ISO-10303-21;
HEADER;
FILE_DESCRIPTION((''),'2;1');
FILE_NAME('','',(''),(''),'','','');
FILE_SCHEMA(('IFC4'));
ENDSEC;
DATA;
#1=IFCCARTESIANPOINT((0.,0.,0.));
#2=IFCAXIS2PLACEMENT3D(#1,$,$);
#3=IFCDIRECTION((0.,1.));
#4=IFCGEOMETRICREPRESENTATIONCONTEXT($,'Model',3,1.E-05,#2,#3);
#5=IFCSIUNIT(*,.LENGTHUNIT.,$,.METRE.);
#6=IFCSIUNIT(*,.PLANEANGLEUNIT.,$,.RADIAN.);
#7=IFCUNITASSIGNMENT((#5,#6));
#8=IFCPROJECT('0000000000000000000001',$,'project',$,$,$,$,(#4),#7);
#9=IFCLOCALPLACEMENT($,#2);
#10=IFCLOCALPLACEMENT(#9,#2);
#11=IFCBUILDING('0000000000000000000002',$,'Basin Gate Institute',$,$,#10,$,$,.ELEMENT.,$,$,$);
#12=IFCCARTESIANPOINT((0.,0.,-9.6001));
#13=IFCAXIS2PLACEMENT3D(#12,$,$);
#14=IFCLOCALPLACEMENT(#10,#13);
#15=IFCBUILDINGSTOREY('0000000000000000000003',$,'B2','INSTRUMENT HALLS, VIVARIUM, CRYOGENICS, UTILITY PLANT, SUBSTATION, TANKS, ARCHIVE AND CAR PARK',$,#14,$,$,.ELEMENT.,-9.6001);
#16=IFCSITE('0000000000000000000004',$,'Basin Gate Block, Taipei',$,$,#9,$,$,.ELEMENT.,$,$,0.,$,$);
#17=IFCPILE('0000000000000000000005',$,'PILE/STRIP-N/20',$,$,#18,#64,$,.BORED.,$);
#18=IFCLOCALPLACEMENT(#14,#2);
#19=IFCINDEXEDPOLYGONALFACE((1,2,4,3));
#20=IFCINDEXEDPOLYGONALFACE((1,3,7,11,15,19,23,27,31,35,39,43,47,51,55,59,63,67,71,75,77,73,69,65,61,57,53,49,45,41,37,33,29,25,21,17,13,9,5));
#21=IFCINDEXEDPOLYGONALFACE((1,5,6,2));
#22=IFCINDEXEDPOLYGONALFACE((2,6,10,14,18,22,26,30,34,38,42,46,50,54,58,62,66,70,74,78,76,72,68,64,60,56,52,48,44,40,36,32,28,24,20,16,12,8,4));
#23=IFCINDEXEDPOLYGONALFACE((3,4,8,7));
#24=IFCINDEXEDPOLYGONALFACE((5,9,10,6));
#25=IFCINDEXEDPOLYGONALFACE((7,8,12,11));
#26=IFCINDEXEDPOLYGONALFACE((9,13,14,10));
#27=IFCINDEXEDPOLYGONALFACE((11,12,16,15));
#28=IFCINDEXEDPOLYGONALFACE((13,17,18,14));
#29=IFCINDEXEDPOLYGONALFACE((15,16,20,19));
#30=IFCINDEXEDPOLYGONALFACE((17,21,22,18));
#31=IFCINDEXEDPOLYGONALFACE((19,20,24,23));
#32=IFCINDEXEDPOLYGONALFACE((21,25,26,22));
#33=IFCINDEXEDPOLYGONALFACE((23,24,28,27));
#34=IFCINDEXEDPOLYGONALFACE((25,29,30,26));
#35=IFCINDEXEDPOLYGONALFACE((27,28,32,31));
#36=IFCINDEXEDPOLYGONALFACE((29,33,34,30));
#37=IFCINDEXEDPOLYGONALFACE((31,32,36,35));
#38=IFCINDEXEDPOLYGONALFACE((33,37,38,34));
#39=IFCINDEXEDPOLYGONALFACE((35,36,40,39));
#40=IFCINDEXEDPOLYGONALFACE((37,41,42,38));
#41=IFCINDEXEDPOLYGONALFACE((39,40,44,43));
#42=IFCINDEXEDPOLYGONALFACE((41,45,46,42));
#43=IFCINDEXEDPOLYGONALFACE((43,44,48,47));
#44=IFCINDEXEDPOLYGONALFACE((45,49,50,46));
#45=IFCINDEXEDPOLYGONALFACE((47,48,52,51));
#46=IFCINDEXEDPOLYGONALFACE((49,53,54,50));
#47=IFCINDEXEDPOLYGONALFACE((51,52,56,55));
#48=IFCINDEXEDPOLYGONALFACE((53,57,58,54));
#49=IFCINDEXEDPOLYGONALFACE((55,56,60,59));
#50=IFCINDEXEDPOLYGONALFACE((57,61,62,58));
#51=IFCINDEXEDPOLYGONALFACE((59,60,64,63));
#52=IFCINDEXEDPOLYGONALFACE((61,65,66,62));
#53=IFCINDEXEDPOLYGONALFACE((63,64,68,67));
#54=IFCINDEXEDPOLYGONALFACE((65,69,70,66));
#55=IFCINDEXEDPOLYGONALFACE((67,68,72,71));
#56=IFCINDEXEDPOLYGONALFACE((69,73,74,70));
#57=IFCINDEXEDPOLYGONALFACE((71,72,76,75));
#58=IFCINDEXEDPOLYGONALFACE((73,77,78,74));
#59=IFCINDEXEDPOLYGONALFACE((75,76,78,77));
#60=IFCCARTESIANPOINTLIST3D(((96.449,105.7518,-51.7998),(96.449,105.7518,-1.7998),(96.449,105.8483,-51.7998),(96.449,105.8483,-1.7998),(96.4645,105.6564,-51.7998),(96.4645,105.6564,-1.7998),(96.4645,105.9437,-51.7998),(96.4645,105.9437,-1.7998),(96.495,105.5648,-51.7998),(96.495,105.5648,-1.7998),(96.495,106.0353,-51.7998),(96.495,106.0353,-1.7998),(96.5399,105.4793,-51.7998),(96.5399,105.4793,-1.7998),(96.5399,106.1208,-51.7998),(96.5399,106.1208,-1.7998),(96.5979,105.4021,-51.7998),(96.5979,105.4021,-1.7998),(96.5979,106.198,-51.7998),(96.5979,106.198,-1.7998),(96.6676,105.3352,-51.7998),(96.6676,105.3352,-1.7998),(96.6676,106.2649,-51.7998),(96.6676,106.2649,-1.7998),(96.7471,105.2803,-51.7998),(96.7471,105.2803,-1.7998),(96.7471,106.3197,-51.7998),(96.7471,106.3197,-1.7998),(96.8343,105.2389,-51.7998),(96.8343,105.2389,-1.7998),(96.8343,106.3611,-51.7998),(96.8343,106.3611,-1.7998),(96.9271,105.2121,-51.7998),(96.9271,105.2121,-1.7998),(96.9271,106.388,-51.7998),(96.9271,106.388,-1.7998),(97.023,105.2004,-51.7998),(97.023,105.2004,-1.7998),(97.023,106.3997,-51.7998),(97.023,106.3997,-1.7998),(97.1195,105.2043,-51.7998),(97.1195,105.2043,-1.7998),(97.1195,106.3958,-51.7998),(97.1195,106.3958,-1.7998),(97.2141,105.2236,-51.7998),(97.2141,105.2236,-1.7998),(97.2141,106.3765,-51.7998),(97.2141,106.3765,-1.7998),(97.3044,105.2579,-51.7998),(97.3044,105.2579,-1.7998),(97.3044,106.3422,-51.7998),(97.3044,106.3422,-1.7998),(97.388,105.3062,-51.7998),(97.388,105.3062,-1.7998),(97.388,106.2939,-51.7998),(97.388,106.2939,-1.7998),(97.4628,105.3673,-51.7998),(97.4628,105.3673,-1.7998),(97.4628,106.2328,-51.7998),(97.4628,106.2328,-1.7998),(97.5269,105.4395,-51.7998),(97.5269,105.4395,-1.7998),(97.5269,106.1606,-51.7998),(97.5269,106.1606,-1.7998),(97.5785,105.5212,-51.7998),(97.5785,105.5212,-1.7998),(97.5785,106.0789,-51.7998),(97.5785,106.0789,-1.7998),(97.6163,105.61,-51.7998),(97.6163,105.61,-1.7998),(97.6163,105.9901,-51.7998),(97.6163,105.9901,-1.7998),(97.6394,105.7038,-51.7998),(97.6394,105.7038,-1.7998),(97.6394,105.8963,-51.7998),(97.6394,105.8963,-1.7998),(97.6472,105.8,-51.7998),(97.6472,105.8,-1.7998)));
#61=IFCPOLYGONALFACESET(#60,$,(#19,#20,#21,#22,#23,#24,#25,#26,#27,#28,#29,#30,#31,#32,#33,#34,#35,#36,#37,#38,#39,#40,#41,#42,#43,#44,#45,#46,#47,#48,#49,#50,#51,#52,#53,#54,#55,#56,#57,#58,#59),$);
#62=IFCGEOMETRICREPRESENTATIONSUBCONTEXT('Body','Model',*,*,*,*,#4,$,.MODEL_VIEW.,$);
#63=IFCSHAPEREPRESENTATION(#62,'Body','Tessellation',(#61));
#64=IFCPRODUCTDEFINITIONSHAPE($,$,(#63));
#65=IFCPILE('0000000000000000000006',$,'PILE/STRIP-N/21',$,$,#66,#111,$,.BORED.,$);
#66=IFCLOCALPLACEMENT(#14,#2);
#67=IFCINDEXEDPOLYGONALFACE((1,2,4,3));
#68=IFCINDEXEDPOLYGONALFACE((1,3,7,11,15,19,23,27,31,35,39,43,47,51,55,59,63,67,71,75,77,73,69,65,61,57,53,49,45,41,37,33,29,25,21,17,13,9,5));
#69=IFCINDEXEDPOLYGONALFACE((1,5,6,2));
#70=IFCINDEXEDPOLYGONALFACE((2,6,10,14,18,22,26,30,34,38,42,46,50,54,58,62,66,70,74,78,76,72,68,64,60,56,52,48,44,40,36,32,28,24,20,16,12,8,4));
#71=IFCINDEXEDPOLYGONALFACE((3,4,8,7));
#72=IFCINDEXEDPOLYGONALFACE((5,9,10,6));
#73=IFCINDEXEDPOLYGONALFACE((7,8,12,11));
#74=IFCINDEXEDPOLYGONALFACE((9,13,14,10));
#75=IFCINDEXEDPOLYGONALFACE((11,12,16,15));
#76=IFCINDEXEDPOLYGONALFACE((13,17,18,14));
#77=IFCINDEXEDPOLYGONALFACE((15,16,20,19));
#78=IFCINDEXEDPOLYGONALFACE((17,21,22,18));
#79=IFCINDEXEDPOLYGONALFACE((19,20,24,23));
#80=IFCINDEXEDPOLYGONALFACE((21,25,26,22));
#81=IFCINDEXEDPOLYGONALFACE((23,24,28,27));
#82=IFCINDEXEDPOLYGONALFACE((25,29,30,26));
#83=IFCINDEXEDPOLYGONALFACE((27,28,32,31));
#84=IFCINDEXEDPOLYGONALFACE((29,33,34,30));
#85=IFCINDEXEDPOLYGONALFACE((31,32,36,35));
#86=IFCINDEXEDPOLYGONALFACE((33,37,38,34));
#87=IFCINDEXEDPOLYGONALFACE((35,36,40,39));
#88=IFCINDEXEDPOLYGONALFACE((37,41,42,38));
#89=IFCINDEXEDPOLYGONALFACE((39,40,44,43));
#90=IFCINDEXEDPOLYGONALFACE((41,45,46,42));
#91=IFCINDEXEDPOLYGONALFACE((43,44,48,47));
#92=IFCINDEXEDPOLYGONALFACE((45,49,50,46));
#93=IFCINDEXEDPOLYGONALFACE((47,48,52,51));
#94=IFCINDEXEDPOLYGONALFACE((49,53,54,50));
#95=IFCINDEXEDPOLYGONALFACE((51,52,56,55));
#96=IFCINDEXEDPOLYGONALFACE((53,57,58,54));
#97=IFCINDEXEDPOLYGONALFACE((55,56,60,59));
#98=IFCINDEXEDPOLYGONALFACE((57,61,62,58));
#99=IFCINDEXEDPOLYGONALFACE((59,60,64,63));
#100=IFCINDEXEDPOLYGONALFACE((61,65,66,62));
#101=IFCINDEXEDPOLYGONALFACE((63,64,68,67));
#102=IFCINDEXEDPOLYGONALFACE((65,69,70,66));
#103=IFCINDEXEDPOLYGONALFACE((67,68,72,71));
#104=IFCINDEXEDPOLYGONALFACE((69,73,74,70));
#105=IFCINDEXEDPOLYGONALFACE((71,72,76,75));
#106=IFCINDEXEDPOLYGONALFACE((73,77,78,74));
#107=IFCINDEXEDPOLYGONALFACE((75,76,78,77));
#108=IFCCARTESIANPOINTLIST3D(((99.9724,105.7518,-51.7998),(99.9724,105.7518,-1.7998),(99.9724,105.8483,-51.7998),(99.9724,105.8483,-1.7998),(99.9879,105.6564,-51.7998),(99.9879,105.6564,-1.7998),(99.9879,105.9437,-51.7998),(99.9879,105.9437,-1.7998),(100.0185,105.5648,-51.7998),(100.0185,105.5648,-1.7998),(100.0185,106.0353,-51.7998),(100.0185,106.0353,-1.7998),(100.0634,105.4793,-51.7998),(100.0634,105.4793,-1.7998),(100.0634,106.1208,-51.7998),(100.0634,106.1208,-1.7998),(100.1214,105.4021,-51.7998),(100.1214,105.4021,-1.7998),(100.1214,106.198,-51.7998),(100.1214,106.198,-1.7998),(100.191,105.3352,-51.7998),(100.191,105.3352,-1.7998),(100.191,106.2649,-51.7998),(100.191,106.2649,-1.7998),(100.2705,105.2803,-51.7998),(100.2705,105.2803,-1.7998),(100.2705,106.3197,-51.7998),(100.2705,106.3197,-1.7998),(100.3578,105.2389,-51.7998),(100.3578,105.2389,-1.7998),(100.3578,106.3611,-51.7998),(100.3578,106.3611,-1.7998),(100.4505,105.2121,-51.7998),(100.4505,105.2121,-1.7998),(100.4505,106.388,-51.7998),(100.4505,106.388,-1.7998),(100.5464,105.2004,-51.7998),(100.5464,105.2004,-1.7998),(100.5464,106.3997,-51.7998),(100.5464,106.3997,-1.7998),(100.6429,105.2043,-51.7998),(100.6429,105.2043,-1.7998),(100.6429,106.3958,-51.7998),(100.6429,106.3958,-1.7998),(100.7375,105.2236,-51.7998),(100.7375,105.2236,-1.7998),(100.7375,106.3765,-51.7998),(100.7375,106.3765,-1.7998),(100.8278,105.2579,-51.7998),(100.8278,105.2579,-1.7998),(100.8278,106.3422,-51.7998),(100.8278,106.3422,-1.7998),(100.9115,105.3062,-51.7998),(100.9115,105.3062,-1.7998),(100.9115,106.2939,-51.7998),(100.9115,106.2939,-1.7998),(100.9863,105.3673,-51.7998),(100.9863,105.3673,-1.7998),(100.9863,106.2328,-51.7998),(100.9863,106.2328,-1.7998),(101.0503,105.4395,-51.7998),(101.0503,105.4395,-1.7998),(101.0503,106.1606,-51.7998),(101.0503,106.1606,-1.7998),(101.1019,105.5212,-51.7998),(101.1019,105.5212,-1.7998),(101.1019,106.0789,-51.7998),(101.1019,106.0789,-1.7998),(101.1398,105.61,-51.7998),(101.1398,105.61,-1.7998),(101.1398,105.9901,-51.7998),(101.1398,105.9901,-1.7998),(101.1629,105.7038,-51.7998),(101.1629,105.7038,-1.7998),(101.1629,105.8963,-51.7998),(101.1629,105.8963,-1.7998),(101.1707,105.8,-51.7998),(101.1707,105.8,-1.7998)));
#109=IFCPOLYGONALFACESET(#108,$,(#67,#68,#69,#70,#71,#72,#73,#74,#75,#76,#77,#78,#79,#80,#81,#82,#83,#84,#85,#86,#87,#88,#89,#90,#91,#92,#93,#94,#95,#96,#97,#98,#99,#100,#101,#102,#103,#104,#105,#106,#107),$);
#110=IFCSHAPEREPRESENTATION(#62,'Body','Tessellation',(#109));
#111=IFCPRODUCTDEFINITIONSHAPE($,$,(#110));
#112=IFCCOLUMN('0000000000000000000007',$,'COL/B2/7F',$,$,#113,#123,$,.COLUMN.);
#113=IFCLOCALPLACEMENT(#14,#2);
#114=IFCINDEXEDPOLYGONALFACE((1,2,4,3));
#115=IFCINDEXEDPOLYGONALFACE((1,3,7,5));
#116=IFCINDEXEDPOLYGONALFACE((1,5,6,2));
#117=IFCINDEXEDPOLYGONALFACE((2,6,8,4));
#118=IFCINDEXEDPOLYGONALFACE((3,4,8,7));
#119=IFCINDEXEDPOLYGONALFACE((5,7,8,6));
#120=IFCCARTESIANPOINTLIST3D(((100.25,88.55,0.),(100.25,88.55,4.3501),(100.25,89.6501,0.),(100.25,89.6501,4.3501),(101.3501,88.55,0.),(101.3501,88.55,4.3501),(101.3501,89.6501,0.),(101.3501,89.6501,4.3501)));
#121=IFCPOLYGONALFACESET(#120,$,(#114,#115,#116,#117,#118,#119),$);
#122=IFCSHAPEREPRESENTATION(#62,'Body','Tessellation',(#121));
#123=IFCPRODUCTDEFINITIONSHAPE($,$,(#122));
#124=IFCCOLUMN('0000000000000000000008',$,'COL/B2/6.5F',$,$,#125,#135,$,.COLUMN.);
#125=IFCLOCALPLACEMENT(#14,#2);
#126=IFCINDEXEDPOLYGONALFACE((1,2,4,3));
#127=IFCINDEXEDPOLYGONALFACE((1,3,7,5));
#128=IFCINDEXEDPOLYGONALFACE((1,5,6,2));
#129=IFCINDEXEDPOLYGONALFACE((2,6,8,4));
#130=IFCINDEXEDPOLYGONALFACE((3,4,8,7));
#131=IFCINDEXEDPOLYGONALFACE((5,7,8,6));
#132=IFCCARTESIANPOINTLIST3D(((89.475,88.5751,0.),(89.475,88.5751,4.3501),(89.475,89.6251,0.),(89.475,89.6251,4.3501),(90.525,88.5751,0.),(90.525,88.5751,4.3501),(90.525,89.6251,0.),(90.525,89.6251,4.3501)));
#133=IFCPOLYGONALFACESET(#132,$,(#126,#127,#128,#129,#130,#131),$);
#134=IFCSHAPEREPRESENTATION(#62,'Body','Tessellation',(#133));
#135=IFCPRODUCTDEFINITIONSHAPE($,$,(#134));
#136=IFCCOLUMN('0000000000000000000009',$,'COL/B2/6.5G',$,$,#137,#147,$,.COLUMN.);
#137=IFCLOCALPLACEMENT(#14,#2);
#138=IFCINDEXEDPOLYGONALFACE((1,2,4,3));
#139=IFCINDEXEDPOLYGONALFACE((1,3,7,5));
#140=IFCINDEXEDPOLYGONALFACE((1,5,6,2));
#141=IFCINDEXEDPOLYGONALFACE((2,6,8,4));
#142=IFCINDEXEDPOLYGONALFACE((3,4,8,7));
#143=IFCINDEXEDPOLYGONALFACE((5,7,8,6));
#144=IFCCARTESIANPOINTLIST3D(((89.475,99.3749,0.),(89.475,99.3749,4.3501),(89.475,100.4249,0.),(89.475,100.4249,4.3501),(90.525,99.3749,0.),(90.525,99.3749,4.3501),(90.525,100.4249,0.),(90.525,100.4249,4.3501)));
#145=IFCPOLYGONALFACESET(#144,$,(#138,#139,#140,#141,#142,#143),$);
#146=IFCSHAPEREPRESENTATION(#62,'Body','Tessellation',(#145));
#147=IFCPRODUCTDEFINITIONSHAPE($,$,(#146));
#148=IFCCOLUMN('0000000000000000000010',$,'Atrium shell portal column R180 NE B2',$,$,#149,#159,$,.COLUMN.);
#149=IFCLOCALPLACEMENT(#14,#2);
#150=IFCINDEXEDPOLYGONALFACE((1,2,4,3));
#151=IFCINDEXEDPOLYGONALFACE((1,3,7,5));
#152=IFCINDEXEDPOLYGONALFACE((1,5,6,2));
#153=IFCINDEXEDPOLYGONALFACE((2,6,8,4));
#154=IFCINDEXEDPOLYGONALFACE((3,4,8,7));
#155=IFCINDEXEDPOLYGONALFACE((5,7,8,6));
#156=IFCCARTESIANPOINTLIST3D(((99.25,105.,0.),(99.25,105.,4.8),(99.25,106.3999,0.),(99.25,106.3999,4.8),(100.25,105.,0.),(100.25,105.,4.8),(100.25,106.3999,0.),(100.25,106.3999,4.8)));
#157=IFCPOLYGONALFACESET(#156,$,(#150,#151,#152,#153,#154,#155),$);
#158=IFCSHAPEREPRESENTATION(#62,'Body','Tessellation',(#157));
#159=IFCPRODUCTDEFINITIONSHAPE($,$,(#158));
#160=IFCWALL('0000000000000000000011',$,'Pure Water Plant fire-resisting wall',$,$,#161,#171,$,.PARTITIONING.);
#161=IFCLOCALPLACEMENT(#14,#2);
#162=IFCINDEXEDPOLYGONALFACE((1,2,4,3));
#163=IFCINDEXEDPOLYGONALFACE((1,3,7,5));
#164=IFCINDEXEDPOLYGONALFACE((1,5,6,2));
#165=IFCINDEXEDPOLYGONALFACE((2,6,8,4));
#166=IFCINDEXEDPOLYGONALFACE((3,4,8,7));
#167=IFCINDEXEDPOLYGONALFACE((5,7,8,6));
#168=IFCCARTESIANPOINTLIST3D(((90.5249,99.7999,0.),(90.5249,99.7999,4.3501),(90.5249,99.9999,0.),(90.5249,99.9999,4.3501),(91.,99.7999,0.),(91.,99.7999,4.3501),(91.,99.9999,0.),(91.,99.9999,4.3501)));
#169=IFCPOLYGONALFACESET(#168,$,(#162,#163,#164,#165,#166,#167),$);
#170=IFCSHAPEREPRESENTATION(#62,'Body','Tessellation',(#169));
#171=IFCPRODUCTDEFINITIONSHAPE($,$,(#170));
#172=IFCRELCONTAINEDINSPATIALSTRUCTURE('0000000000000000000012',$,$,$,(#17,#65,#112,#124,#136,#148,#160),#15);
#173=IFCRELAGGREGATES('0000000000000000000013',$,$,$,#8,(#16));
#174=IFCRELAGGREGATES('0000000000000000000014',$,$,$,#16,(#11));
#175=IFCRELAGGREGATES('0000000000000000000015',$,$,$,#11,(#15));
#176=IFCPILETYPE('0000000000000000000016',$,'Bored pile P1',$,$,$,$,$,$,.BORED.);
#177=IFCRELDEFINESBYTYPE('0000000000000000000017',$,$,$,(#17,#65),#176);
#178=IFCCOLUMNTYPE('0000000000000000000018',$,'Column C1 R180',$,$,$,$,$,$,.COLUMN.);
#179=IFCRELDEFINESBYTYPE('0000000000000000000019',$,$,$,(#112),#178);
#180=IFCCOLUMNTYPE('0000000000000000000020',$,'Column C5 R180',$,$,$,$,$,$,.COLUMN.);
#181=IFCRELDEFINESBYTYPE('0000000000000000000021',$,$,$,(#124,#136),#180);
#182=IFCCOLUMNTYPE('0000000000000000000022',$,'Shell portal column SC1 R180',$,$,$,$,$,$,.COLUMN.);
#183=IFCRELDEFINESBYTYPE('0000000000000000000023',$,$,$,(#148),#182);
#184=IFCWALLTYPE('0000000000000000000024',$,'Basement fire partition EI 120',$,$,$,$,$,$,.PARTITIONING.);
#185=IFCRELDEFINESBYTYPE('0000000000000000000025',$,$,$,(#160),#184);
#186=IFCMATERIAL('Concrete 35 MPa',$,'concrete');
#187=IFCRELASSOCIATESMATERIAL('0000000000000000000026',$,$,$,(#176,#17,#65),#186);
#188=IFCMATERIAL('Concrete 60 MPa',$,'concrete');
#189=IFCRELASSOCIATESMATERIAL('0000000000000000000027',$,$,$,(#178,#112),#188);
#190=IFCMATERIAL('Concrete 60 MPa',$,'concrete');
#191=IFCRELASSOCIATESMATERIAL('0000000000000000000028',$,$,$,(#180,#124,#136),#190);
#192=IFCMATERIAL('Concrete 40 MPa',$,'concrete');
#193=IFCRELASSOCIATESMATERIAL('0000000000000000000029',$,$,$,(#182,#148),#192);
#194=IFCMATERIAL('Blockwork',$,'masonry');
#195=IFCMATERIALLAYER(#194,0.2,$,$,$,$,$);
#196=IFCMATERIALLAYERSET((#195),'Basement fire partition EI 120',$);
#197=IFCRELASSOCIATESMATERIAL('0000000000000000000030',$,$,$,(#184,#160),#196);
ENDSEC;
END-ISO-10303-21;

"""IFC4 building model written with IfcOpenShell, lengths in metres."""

from ifc_helpers import new_model, si_unit, direction, frame, frame_2d, origin, origin_2d, place, context, subcontext, project, spatial, rectangle, circle, extrude, material, layer, layer_set, material_profile, profile_set, type_object, element, save


model = new_model("IFC4")

# Units and contexts
model_context = context("Model", 3, precision=1e-05, world=origin(), true_north=direction((0.0, 1.0)))
body_context = subcontext(model_context, "Body", "Model", "MODEL_VIEW")
ifc_project = project(units=[si_unit("LENGTHUNIT", "METRE"), si_unit("PLANEANGLEUNIT", "RADIAN")], contexts=[model_context])

# Site, building, storey
site_placement = place(None, origin())
site = spatial("IfcSite", under=ifc_project, at=site_placement, Name="Basin Gate Block, Taipei", CompositionType="ELEMENT", RefElevation=0.0)
building_placement = place(site_placement, origin())
building = spatial("IfcBuilding", under=site, at=building_placement, Name="Basin Gate Institute", CompositionType="ELEMENT")
storey_placement = place(building_placement, frame((0.0, 0.0, -9.6001)))
storey = spatial("IfcBuildingStorey", under=building, at=storey_placement, Name="B2", Description="INSTRUMENT HALLS, VIVARIUM, CRYOGENICS, UTILITY PLANT, SUBSTATION, TANKS, ARCHIVE AND CAR PARK", CompositionType="ELEMENT", Elevation=-9.6001)

# Piles
ifc_material_1 = material(Name="Concrete 35 MPa", Category="concrete")
ifc_material_profile_1 = material_profile(ifc_material_1, circle(Radius=0.6001, at=origin_2d()), Name="Bored pile P1 1200 dia")
ifc_profile_set_1 = profile_set([ifc_material_profile_1], Name="Concrete 35 MPa")
pile_type = type_object("IfcPileType", Name="Bored pile P1", PredefinedType="BORED", material=ifc_profile_set_1)
for number, where, z_axis, x_axis, name in (
    (1, (97.0471, 105.8, -1.7998), (0.0, 0.0, -1.0), (1.0, 0.0, 0.0), "PILE/STRIP-N/20"),
    (2, (100.5706, 105.8, -1.7998), (0.0, 0.0, -1.0), (1.0, 0.0, 0.0), "PILE/STRIP-N/21"),
):
    element("IfcPile", number, at=place(storey_placement, frame(where, z_axis=z_axis, x_axis=x_axis)), inside=storey, type_object=pile_type, material=ifc_profile_set_1, Name=name, PredefinedType="BORED", context=body_context, shape_type="SweptSolid", body=[
        extrude(circle(Radius=0.6001, at=origin_2d()), origin(), (0.0, 0.0, 1.0), 50.0),
    ])

# Columns
ifc_material_2 = material(Name="Concrete 60 MPa", Category="concrete")
ifc_material_profile_2 = material_profile(ifc_material_2, rectangle(XDim=1.1001, YDim=1.1001, at=origin_2d()), Name="Column C1 1100 x 1100")
ifc_profile_set_2 = profile_set([ifc_material_profile_2], Name="Concrete 60 MPa")
column_type_1 = type_object("IfcColumnType", Name="Column C1 R180", PredefinedType="COLUMN", material=ifc_profile_set_2)
column_1_placement = place(storey_placement, frame((100.8, 89.1001, 0.0), z_axis=(0.0, 0.0, 1.0), x_axis=(1.0, 0.0, 0.0)))
element("IfcColumn", 3, at=column_1_placement, inside=storey, type_object=column_type_1, material=ifc_profile_set_2, Name="COL/B2/7F", PredefinedType="COLUMN", context=body_context, shape_type="SweptSolid", body=[
    extrude(rectangle(XDim=1.1001, YDim=1.1001, at=origin_2d()), origin(), (0.0, 0.0, 1.0), 4.3501),
])
ifc_material_3 = material(Name="Concrete 60 MPa", Category="concrete")
ifc_material_profile_3 = material_profile(ifc_material_3, rectangle(XDim=1.05, YDim=1.05, at=origin_2d()), Name="Column C5 1050 x 1050")
ifc_profile_set_3 = profile_set([ifc_material_profile_3], Name="Concrete 60 MPa")
column_type_2 = type_object("IfcColumnType", Name="Column C5 R180", PredefinedType="COLUMN", material=ifc_profile_set_3)
for number, where, z_axis, x_axis, name in (
    (4, (90.0, 89.1001, 0.0), (0.0, 0.0, 1.0), (1.0, 0.0, 0.0), "COL/B2/6.5F"),
    (5, (90.0, 99.8999, 0.0), (0.0, 0.0, 1.0), (1.0, 0.0, 0.0), "COL/B2/6.5G"),
):
    element("IfcColumn", number, at=place(storey_placement, frame(where, z_axis=z_axis, x_axis=x_axis)), inside=storey, type_object=column_type_2, material=ifc_profile_set_3, Name=name, PredefinedType="COLUMN", context=body_context, shape_type="SweptSolid", body=[
        extrude(rectangle(XDim=1.05, YDim=1.05, at=origin_2d()), origin(), (0.0, 0.0, 1.0), 4.3501),
    ])
ifc_material_4 = material(Name="Concrete 40 MPa", Category="concrete")
ifc_material_profile_4 = material_profile(ifc_material_4, rectangle(XDim=1.0, YDim=1.3999, at=origin_2d()), Name="Shell portal column SC1 1000 x 1400")
ifc_profile_set_4 = profile_set([ifc_material_profile_4], Name="Concrete 40 MPa")
column_type_3 = type_object("IfcColumnType", Name="Shell portal column SC1 R180", PredefinedType="COLUMN", material=ifc_profile_set_4)
column_2_placement = place(storey_placement, frame((99.75, 105.7, 0.0), z_axis=(0.0, 0.0, 1.0), x_axis=(1.0, 0.0, 0.0)))
element("IfcColumn", 6, at=column_2_placement, inside=storey, type_object=column_type_3, material=ifc_profile_set_4, Name="Atrium shell portal column R180 NE B2", PredefinedType="COLUMN", context=body_context, shape_type="SweptSolid", body=[
    extrude(rectangle(XDim=1.0, YDim=1.3999, at=origin_2d()), origin(), (0.0, 0.0, 1.0), 4.8),
])

# Wall
ifc_material_5 = material(Name="Blockwork", Category="masonry")
ifc_layer = layer(ifc_material_5, 0.2)
ifc_layer_set = layer_set([ifc_layer], Name="Basement fire partition EI 120")
wall_type = type_object("IfcWallType", Name="Basement fire partition EI 120", PredefinedType="PARTITIONING", material=ifc_layer_set)
wall_1_placement = place(storey_placement, frame((90.5249, 99.8999, 0.0), z_axis=(0.0, 0.0, 1.0), x_axis=(1.0, 0.0, 0.0)))
element("IfcWall", 7, at=wall_1_placement, inside=storey, type_object=wall_type, material=ifc_layer_set, Name="Pure Water Plant fire-resisting wall", PredefinedType="PARTITIONING", context=body_context, shape_type="SweptSolid", body=[
    extrude(rectangle(XDim=0.4751, YDim=0.2, at=frame_2d((0.2375, 0.0))), origin(), (0.0, 0.0, 1.0), 4.3501),
])

save(model, "model.ifc")
